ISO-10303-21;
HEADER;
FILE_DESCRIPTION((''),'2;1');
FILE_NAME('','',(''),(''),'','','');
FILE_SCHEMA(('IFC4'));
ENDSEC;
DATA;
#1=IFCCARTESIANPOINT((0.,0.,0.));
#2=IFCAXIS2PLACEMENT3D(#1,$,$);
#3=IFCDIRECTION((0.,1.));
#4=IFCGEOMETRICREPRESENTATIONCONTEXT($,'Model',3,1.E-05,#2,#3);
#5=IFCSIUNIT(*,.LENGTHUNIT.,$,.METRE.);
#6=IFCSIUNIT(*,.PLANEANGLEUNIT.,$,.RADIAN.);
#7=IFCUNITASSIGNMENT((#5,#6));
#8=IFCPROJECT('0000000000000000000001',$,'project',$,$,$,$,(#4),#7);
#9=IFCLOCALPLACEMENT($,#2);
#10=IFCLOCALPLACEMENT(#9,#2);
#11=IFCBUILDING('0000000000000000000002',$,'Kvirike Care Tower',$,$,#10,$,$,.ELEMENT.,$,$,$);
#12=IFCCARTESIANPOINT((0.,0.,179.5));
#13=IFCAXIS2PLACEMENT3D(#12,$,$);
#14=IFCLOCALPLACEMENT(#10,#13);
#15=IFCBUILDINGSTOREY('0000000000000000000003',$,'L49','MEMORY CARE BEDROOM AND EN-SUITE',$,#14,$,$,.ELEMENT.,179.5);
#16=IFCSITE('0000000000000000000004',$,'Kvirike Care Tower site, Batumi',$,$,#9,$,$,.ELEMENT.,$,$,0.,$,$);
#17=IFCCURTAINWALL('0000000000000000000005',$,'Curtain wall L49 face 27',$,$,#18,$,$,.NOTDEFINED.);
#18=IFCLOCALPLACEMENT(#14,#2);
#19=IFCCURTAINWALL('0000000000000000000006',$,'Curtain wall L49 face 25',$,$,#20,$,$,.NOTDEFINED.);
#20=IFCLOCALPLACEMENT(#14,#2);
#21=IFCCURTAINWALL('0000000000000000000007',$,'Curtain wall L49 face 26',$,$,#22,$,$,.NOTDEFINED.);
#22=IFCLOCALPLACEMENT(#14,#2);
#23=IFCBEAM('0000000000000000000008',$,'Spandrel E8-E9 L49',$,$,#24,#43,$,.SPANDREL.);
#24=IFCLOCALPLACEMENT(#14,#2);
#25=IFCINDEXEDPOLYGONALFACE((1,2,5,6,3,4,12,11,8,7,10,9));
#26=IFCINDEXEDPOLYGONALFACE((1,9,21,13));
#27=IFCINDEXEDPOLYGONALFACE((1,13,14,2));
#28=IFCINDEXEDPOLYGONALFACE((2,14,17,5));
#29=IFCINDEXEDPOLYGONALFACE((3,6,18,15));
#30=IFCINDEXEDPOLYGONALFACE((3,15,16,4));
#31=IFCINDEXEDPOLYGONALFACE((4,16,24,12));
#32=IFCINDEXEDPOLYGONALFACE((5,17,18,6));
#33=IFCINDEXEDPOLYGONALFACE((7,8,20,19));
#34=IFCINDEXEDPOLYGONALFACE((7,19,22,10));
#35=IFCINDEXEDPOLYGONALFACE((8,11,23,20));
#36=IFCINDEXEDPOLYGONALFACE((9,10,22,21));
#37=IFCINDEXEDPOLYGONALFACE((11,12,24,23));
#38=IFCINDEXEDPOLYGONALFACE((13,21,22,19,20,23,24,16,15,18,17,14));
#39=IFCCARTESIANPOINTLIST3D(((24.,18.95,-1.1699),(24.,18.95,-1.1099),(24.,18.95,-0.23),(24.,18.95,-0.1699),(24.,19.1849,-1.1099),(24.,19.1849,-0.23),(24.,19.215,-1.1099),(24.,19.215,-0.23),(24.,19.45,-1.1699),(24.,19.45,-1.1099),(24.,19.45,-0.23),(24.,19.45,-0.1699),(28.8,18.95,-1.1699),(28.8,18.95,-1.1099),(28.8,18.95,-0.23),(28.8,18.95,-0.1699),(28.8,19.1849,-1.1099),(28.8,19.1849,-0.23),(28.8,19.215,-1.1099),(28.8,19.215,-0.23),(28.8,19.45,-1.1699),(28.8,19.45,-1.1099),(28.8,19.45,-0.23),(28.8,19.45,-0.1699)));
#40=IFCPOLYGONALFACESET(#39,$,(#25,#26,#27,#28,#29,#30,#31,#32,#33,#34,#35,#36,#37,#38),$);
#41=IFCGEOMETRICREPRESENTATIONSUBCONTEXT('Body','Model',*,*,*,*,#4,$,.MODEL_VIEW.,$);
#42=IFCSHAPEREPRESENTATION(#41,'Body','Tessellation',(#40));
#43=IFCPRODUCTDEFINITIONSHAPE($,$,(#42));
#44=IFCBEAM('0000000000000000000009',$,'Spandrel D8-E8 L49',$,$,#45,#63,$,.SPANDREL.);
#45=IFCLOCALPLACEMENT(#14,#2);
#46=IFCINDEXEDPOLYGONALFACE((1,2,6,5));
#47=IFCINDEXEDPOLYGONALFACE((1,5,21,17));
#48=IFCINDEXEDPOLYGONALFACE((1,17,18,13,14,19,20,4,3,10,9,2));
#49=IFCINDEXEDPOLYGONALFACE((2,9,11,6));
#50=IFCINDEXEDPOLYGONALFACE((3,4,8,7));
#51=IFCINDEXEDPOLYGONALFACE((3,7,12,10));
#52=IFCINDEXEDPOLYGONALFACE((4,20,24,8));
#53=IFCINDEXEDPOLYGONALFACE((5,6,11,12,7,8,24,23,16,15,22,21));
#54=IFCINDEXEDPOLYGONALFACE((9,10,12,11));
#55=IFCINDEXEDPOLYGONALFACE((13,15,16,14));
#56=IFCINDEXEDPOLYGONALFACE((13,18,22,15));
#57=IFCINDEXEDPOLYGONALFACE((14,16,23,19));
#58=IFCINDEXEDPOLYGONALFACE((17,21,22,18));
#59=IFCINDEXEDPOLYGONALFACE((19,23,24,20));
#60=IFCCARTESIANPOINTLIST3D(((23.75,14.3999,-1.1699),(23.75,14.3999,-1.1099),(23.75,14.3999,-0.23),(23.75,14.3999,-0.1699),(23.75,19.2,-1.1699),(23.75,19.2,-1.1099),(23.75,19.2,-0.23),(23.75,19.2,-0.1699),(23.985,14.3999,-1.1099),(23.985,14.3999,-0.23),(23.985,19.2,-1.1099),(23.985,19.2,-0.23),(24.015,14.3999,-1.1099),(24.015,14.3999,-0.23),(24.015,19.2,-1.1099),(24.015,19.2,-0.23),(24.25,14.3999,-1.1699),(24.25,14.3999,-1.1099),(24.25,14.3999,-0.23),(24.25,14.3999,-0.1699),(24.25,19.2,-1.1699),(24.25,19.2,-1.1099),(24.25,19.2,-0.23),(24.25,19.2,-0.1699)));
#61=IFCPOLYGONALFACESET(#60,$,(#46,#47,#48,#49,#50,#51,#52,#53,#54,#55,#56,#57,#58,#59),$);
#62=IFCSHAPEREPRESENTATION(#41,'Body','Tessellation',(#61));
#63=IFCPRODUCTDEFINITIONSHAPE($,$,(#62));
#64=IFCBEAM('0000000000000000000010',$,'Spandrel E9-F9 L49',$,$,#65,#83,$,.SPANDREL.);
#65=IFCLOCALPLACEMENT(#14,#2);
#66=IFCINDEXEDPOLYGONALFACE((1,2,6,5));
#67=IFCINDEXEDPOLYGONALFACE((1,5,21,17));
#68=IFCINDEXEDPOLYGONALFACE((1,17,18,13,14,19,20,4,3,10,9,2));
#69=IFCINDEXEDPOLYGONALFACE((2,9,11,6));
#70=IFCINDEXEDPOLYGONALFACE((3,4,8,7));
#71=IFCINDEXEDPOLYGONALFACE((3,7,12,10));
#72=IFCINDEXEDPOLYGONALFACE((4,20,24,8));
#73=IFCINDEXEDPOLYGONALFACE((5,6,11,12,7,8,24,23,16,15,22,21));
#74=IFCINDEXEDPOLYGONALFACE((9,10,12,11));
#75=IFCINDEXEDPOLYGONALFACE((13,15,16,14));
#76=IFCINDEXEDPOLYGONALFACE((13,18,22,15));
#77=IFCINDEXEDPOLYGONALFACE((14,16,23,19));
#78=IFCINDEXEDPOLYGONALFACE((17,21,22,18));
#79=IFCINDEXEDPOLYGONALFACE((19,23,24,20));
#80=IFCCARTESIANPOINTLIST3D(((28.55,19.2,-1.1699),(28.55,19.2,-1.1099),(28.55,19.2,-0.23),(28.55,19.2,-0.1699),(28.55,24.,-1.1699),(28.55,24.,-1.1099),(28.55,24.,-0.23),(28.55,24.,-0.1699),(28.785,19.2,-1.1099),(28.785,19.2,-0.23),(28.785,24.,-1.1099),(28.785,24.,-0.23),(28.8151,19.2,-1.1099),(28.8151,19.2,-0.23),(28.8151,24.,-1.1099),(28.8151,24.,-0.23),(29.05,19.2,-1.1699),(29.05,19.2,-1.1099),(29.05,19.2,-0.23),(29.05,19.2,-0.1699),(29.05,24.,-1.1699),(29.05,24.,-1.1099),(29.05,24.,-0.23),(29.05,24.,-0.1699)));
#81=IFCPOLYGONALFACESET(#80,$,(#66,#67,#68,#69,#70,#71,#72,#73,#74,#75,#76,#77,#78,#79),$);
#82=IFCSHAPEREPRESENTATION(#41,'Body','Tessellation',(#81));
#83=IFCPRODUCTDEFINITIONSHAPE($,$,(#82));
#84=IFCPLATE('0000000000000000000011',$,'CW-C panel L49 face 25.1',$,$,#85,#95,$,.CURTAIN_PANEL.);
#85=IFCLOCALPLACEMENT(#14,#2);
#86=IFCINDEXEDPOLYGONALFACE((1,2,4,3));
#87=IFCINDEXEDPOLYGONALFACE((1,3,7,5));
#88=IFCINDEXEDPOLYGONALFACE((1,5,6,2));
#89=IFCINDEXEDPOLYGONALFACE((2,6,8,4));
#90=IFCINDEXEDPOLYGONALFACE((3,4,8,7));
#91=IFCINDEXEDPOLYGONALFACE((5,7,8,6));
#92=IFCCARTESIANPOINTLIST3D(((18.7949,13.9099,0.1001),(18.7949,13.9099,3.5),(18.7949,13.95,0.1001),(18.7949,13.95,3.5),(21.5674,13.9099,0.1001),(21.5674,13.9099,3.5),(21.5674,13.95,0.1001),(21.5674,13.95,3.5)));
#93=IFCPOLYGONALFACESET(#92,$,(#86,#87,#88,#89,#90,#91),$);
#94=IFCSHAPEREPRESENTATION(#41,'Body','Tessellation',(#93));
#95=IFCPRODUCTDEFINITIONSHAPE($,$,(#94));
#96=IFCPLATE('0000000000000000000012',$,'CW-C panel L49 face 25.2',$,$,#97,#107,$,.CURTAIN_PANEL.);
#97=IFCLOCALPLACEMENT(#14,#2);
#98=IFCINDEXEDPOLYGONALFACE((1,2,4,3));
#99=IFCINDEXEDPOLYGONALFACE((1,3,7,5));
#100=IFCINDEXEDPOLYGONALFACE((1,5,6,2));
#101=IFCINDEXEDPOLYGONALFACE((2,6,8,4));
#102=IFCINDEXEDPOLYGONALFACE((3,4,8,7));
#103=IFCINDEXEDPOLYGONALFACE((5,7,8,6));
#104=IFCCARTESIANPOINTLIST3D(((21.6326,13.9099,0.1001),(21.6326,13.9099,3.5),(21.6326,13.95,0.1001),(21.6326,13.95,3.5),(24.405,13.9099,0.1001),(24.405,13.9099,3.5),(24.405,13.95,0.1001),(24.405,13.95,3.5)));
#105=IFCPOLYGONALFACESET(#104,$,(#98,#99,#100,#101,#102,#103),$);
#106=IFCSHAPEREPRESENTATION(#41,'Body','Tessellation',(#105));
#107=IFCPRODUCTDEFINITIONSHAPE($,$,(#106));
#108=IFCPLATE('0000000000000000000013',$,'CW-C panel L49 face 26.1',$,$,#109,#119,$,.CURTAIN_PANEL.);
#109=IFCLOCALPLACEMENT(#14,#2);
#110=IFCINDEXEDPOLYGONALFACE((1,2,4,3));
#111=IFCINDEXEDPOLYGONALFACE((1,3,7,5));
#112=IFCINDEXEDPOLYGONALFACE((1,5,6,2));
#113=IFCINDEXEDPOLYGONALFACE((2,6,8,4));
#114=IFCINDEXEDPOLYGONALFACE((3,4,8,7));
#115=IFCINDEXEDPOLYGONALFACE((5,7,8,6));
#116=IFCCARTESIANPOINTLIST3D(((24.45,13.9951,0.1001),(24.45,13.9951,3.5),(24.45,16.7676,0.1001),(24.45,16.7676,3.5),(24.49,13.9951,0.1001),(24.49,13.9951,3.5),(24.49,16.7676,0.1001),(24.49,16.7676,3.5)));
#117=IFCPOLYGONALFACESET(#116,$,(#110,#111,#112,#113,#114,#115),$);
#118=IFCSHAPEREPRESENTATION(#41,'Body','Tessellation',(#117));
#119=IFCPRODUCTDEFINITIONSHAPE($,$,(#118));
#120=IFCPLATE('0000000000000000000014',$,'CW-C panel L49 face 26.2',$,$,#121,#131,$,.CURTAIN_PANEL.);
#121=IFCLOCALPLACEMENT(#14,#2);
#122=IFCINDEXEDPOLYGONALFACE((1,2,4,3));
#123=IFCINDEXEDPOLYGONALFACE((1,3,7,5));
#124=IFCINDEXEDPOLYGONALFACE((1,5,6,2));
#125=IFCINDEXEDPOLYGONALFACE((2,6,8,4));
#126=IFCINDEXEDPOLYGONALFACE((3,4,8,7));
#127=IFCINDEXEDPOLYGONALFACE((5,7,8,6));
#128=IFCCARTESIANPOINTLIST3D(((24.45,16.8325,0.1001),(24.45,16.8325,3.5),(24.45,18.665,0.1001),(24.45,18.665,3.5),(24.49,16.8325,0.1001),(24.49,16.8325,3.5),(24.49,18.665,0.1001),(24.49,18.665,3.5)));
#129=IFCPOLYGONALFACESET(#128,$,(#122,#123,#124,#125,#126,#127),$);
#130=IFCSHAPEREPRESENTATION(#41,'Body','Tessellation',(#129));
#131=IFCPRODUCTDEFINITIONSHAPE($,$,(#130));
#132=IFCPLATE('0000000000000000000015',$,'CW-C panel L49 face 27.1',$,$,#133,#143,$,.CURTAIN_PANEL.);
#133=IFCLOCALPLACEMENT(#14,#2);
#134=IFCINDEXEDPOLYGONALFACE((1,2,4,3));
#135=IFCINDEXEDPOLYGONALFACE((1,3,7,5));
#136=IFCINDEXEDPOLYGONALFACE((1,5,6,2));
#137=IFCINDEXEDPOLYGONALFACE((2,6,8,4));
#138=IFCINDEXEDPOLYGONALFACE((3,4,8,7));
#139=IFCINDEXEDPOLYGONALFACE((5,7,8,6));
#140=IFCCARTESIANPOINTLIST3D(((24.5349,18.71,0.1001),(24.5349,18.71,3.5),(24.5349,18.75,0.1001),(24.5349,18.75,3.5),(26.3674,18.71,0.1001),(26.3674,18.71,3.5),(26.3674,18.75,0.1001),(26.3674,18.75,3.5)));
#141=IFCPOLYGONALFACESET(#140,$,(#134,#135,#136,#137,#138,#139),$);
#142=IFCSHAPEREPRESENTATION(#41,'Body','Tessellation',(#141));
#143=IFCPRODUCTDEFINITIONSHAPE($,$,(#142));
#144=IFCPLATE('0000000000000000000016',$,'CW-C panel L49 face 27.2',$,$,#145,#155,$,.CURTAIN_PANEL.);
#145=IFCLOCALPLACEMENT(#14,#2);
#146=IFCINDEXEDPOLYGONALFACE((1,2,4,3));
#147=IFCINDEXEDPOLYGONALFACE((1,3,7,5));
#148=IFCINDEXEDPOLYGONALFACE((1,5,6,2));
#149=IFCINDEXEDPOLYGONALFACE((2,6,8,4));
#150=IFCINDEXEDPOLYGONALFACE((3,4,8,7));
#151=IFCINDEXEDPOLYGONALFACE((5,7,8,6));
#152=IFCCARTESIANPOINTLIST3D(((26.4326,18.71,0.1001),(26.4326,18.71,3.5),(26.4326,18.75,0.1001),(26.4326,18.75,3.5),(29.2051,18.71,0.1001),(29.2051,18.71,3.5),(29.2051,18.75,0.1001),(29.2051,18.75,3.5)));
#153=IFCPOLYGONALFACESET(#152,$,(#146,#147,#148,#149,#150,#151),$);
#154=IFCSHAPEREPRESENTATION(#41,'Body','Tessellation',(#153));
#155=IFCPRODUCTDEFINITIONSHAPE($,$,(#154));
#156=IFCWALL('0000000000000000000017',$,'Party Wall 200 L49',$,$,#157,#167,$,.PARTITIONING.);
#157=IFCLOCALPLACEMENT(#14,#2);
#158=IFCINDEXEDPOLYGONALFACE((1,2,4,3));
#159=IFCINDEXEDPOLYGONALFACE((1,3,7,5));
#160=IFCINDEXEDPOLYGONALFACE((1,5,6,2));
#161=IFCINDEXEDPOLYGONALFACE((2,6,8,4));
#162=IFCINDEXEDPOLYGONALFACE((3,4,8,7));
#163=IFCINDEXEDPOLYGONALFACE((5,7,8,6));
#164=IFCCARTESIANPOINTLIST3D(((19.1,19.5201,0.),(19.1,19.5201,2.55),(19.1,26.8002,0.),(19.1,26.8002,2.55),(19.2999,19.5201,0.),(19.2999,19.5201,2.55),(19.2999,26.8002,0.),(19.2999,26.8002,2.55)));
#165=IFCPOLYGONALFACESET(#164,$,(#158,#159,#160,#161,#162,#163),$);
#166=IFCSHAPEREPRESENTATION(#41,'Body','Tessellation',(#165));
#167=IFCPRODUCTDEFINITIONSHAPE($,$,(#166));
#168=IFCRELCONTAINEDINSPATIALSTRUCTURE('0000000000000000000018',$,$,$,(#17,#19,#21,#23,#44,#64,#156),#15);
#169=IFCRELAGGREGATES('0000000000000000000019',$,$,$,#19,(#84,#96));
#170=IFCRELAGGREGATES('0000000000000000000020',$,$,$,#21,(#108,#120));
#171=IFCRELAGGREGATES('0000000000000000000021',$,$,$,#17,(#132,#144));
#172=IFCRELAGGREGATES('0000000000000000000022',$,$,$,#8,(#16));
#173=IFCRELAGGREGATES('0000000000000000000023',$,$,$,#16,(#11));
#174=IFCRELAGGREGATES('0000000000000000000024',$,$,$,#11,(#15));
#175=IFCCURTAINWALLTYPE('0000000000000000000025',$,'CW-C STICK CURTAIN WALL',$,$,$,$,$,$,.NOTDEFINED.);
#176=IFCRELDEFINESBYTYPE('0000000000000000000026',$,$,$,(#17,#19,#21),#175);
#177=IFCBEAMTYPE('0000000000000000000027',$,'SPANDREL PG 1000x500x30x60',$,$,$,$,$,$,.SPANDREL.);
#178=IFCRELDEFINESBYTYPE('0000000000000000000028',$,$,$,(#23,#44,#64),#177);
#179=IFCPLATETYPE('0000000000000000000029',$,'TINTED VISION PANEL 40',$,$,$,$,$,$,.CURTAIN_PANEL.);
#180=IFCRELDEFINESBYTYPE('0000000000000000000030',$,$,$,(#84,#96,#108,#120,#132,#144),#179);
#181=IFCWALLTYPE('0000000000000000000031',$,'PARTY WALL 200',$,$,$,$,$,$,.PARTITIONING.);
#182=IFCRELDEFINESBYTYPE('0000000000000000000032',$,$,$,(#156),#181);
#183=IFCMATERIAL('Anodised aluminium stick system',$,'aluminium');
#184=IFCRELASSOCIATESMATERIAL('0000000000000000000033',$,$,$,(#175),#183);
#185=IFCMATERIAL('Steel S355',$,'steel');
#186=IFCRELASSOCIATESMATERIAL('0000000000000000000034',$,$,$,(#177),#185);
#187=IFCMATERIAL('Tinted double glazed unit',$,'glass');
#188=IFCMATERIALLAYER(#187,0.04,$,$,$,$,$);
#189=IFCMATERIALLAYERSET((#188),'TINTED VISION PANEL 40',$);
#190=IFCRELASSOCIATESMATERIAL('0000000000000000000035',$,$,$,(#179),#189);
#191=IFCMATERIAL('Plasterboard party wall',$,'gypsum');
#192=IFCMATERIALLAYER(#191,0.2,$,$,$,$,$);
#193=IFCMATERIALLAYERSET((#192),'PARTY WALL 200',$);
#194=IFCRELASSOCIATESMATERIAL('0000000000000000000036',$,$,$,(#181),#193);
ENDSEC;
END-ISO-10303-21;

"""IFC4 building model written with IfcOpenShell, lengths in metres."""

from ifc_helpers import new_model, si_unit, direction, frame, frame_2d, origin, origin_2d, place, context, subcontext, project, spatial, rectangle, i_section, extrude, material, layer, layer_set, material_profile, profile_set, type_object, element, aggregate, save


model = new_model("IFC4")

# Units and contexts
model_context = context("Model", 3, precision=1e-05, world=origin(), true_north=direction((0.0, 1.0)))
body_context = subcontext(model_context, "Body", "Model", "MODEL_VIEW")
ifc_project = project(units=[si_unit("LENGTHUNIT", "METRE"), si_unit("PLANEANGLEUNIT", "RADIAN")], contexts=[model_context])

# Site, building, storey
site_placement = place(None, origin())
site = spatial("IfcSite", under=ifc_project, at=site_placement, Name="Kvirike Care Tower site, Batumi", CompositionType="ELEMENT", RefElevation=0.0)
building_placement = place(site_placement, origin())
building = spatial("IfcBuilding", under=site, at=building_placement, Name="Kvirike Care Tower", CompositionType="ELEMENT")
storey_placement = place(building_placement, frame((0.0, 0.0, 179.5)))
storey = spatial("IfcBuildingStorey", under=building, at=storey_placement, Name="L49", Description="MEMORY CARE BEDROOM AND EN-SUITE", CompositionType="ELEMENT", Elevation=179.5)

# Curtain wall
ifc_material_1 = material(Name="Anodised aluminium stick system", Category="aluminium")
curtain_wall_type = type_object("IfcCurtainWallType", Name="CW-C STICK CURTAIN WALL", PredefinedType="NOTDEFINED", material=ifc_material_1)
curtain_wall_1_placement = place(storey_placement, origin())
curtain_wall_1 = element("IfcCurtainWall", 1, at=curtain_wall_1_placement, inside=storey, type_object=curtain_wall_type, Name="Curtain wall L49 face 27", PredefinedType="NOTDEFINED")

# Curtain walls
curtain_wall_2_placement = place(storey_placement, origin())
curtain_wall_2 = element("IfcCurtainWall", 2, at=curtain_wall_2_placement, inside=storey, type_object=curtain_wall_type, Name="Curtain wall L49 face 25", PredefinedType="NOTDEFINED")
curtain_wall_3_placement = place(storey_placement, origin())
curtain_wall_3 = element("IfcCurtainWall", 3, at=curtain_wall_3_placement, inside=storey, type_object=curtain_wall_type, Name="Curtain wall L49 face 26", PredefinedType="NOTDEFINED")

# Beams
ifc_material_2 = material(Name="Steel S355", Category="steel")
ifc_material_profile_1 = material_profile(ifc_material_2, i_section(OverallWidth=0.5, OverallDepth=1.0, WebThickness=0.03, FlangeThickness=0.0601, at=origin_2d()), Name="PG 1000x500x30x60")
ifc_profile_set_1 = profile_set([ifc_material_profile_1], Name="Steel S355")
beam_type_1 = type_object("IfcBeamType", Name="SPANDREL PG 1000x500x30x60", PredefinedType="SPANDREL", material=ifc_profile_set_1)
for number, where, z_axis, x_axis, name in (
    (4, (24.0, 19.2, -0.6699), (1.0, 0.0, 0.0), (0.0, 1.0, 0.0), "Spandrel E8-E9 L49"),
    (5, (24.0, 14.3999, -0.6699), (0.0, 1.0, 0.0), (-1.0, 0.0, 0.0), "Spandrel D8-E8 L49"),
    (6, (28.8, 19.2, -0.6699), (0.0, 1.0, 0.0), (-1.0, 0.0, 0.0), "Spandrel E9-F9 L49"),
):
    element("IfcBeam", number, at=place(storey_placement, frame(where, z_axis=z_axis, x_axis=x_axis)), inside=storey, type_object=beam_type_1, Name=name, PredefinedType="SPANDREL", context=body_context, shape_type="SweptSolid", body=[
        extrude(i_section(OverallWidth=0.5, OverallDepth=1.0, WebThickness=0.03, FlangeThickness=0.0601, at=origin_2d()), origin(), (0.0, 0.0, 1.0), 4.8),
    ])

# Plates
ifc_material_3 = material(Name="Tinted double glazed unit", Category="glass")
ifc_layer_1 = layer(ifc_material_3, 0.04)
ifc_layer_set_1 = layer_set([ifc_layer_1], Name="TINTED VISION PANEL 40")
plate_type = type_object("IfcPlateType", Name="TINTED VISION PANEL 40", PredefinedType="CURTAIN_PANEL", material=ifc_layer_set_1)
plate_1_placement = place(storey_placement, frame((20.1812, 13.9299, 0.1001), z_axis=(0.0, 0.0, 1.0), x_axis=(1.0, 0.0, 0.0)))
plate_1 = element("IfcPlate", 7, at=plate_1_placement, type_object=plate_type, Name="CW-C panel L49 face 25.1", PredefinedType="CURTAIN_PANEL", context=body_context, shape_type="SweptSolid", body=[
    extrude(rectangle(XDim=2.7725, YDim=0.04, at=origin_2d()), origin(), (0.0, 0.0, 1.0), 3.3999),
])
plate_2_placement = place(storey_placement, frame((23.0188, 13.9299, 0.1001), z_axis=(0.0, 0.0, 1.0), x_axis=(1.0, 0.0, 0.0)))
plate_2 = element("IfcPlate", 8, at=plate_2_placement, type_object=plate_type, Name="CW-C panel L49 face 25.2", PredefinedType="CURTAIN_PANEL", context=body_context, shape_type="SweptSolid", body=[
    extrude(rectangle(XDim=2.7725, YDim=0.04, at=origin_2d()), origin(), (0.0, 0.0, 1.0), 3.3999),
])
aggregate(curtain_wall_2, [plate_1, plate_2])
plate_3_placement = place(storey_placement, frame((24.47, 15.3813, 0.1001), z_axis=(0.0, 0.0, 1.0), x_axis=(0.0, 1.0, 0.0)))
plate_3 = element("IfcPlate", 9, at=plate_3_placement, type_object=plate_type, Name="CW-C panel L49 face 26.1", PredefinedType="CURTAIN_PANEL", context=body_context, shape_type="SweptSolid", body=[
    extrude(rectangle(XDim=2.7725, YDim=0.04, at=origin_2d()), origin(), (0.0, 0.0, 1.0), 3.3999),
])
plate_4_placement = place(storey_placement, frame((24.47, 17.7488, 0.1001), z_axis=(0.0, 0.0, 1.0), x_axis=(0.0, 1.0, 0.0)))
plate_4 = element("IfcPlate", 10, at=plate_4_placement, type_object=plate_type, Name="CW-C panel L49 face 26.2", PredefinedType="CURTAIN_PANEL", context=body_context, shape_type="SweptSolid", body=[
    extrude(rectangle(XDim=1.8325, YDim=0.04, at=origin_2d()), origin(), (0.0, 0.0, 1.0), 3.3999),
])
aggregate(curtain_wall_3, [plate_3, plate_4])
plate_5_placement = place(storey_placement, frame((25.4512, 18.73, 0.1001), z_axis=(0.0, 0.0, 1.0), x_axis=(1.0, 0.0, 0.0)))
plate_5 = element("IfcPlate", 11, at=plate_5_placement, type_object=plate_type, Name="CW-C panel L49 face 27.1", PredefinedType="CURTAIN_PANEL", context=body_context, shape_type="SweptSolid", body=[
    extrude(rectangle(XDim=1.8325, YDim=0.04, at=origin_2d()), origin(), (0.0, 0.0, 1.0), 3.3999),
])
plate_6_placement = place(storey_placement, frame((27.8188, 18.73, 0.1001), z_axis=(0.0, 0.0, 1.0), x_axis=(1.0, 0.0, 0.0)))
plate_6 = element("IfcPlate", 12, at=plate_6_placement, type_object=plate_type, Name="CW-C panel L49 face 27.2", PredefinedType="CURTAIN_PANEL", context=body_context, shape_type="SweptSolid", body=[
    extrude(rectangle(XDim=2.7725, YDim=0.04, at=origin_2d()), origin(), (0.0, 0.0, 1.0), 3.3999),
])
aggregate(curtain_wall_1, [plate_5, plate_6])

# Wall
ifc_material_4 = material(Name="Plasterboard party wall", Category="gypsum")
ifc_layer_2 = layer(ifc_material_4, 0.2)
ifc_layer_set_2 = layer_set([ifc_layer_2], Name="PARTY WALL 200")
wall_type = type_object("IfcWallType", Name="PARTY WALL 200", PredefinedType="PARTITIONING", material=ifc_layer_set_2)
wall_placement = place(storey_placement, frame((19.2, 19.52, 0.0), z_axis=(0.0, 0.0, 1.0), x_axis=(0.0, 1.0, 0.0)))
element("IfcWall", 13, at=wall_placement, inside=storey, type_object=wall_type, Name="Party Wall 200 L49", PredefinedType="PARTITIONING", context=body_context, shape_type="SweptSolid", body=[
    extrude(rectangle(XDim=7.28, YDim=0.2, at=frame_2d((3.6401, 0.0))), origin(), (0.0, 0.0, 1.0), 2.55),
])

save(model, "model.ifc")
